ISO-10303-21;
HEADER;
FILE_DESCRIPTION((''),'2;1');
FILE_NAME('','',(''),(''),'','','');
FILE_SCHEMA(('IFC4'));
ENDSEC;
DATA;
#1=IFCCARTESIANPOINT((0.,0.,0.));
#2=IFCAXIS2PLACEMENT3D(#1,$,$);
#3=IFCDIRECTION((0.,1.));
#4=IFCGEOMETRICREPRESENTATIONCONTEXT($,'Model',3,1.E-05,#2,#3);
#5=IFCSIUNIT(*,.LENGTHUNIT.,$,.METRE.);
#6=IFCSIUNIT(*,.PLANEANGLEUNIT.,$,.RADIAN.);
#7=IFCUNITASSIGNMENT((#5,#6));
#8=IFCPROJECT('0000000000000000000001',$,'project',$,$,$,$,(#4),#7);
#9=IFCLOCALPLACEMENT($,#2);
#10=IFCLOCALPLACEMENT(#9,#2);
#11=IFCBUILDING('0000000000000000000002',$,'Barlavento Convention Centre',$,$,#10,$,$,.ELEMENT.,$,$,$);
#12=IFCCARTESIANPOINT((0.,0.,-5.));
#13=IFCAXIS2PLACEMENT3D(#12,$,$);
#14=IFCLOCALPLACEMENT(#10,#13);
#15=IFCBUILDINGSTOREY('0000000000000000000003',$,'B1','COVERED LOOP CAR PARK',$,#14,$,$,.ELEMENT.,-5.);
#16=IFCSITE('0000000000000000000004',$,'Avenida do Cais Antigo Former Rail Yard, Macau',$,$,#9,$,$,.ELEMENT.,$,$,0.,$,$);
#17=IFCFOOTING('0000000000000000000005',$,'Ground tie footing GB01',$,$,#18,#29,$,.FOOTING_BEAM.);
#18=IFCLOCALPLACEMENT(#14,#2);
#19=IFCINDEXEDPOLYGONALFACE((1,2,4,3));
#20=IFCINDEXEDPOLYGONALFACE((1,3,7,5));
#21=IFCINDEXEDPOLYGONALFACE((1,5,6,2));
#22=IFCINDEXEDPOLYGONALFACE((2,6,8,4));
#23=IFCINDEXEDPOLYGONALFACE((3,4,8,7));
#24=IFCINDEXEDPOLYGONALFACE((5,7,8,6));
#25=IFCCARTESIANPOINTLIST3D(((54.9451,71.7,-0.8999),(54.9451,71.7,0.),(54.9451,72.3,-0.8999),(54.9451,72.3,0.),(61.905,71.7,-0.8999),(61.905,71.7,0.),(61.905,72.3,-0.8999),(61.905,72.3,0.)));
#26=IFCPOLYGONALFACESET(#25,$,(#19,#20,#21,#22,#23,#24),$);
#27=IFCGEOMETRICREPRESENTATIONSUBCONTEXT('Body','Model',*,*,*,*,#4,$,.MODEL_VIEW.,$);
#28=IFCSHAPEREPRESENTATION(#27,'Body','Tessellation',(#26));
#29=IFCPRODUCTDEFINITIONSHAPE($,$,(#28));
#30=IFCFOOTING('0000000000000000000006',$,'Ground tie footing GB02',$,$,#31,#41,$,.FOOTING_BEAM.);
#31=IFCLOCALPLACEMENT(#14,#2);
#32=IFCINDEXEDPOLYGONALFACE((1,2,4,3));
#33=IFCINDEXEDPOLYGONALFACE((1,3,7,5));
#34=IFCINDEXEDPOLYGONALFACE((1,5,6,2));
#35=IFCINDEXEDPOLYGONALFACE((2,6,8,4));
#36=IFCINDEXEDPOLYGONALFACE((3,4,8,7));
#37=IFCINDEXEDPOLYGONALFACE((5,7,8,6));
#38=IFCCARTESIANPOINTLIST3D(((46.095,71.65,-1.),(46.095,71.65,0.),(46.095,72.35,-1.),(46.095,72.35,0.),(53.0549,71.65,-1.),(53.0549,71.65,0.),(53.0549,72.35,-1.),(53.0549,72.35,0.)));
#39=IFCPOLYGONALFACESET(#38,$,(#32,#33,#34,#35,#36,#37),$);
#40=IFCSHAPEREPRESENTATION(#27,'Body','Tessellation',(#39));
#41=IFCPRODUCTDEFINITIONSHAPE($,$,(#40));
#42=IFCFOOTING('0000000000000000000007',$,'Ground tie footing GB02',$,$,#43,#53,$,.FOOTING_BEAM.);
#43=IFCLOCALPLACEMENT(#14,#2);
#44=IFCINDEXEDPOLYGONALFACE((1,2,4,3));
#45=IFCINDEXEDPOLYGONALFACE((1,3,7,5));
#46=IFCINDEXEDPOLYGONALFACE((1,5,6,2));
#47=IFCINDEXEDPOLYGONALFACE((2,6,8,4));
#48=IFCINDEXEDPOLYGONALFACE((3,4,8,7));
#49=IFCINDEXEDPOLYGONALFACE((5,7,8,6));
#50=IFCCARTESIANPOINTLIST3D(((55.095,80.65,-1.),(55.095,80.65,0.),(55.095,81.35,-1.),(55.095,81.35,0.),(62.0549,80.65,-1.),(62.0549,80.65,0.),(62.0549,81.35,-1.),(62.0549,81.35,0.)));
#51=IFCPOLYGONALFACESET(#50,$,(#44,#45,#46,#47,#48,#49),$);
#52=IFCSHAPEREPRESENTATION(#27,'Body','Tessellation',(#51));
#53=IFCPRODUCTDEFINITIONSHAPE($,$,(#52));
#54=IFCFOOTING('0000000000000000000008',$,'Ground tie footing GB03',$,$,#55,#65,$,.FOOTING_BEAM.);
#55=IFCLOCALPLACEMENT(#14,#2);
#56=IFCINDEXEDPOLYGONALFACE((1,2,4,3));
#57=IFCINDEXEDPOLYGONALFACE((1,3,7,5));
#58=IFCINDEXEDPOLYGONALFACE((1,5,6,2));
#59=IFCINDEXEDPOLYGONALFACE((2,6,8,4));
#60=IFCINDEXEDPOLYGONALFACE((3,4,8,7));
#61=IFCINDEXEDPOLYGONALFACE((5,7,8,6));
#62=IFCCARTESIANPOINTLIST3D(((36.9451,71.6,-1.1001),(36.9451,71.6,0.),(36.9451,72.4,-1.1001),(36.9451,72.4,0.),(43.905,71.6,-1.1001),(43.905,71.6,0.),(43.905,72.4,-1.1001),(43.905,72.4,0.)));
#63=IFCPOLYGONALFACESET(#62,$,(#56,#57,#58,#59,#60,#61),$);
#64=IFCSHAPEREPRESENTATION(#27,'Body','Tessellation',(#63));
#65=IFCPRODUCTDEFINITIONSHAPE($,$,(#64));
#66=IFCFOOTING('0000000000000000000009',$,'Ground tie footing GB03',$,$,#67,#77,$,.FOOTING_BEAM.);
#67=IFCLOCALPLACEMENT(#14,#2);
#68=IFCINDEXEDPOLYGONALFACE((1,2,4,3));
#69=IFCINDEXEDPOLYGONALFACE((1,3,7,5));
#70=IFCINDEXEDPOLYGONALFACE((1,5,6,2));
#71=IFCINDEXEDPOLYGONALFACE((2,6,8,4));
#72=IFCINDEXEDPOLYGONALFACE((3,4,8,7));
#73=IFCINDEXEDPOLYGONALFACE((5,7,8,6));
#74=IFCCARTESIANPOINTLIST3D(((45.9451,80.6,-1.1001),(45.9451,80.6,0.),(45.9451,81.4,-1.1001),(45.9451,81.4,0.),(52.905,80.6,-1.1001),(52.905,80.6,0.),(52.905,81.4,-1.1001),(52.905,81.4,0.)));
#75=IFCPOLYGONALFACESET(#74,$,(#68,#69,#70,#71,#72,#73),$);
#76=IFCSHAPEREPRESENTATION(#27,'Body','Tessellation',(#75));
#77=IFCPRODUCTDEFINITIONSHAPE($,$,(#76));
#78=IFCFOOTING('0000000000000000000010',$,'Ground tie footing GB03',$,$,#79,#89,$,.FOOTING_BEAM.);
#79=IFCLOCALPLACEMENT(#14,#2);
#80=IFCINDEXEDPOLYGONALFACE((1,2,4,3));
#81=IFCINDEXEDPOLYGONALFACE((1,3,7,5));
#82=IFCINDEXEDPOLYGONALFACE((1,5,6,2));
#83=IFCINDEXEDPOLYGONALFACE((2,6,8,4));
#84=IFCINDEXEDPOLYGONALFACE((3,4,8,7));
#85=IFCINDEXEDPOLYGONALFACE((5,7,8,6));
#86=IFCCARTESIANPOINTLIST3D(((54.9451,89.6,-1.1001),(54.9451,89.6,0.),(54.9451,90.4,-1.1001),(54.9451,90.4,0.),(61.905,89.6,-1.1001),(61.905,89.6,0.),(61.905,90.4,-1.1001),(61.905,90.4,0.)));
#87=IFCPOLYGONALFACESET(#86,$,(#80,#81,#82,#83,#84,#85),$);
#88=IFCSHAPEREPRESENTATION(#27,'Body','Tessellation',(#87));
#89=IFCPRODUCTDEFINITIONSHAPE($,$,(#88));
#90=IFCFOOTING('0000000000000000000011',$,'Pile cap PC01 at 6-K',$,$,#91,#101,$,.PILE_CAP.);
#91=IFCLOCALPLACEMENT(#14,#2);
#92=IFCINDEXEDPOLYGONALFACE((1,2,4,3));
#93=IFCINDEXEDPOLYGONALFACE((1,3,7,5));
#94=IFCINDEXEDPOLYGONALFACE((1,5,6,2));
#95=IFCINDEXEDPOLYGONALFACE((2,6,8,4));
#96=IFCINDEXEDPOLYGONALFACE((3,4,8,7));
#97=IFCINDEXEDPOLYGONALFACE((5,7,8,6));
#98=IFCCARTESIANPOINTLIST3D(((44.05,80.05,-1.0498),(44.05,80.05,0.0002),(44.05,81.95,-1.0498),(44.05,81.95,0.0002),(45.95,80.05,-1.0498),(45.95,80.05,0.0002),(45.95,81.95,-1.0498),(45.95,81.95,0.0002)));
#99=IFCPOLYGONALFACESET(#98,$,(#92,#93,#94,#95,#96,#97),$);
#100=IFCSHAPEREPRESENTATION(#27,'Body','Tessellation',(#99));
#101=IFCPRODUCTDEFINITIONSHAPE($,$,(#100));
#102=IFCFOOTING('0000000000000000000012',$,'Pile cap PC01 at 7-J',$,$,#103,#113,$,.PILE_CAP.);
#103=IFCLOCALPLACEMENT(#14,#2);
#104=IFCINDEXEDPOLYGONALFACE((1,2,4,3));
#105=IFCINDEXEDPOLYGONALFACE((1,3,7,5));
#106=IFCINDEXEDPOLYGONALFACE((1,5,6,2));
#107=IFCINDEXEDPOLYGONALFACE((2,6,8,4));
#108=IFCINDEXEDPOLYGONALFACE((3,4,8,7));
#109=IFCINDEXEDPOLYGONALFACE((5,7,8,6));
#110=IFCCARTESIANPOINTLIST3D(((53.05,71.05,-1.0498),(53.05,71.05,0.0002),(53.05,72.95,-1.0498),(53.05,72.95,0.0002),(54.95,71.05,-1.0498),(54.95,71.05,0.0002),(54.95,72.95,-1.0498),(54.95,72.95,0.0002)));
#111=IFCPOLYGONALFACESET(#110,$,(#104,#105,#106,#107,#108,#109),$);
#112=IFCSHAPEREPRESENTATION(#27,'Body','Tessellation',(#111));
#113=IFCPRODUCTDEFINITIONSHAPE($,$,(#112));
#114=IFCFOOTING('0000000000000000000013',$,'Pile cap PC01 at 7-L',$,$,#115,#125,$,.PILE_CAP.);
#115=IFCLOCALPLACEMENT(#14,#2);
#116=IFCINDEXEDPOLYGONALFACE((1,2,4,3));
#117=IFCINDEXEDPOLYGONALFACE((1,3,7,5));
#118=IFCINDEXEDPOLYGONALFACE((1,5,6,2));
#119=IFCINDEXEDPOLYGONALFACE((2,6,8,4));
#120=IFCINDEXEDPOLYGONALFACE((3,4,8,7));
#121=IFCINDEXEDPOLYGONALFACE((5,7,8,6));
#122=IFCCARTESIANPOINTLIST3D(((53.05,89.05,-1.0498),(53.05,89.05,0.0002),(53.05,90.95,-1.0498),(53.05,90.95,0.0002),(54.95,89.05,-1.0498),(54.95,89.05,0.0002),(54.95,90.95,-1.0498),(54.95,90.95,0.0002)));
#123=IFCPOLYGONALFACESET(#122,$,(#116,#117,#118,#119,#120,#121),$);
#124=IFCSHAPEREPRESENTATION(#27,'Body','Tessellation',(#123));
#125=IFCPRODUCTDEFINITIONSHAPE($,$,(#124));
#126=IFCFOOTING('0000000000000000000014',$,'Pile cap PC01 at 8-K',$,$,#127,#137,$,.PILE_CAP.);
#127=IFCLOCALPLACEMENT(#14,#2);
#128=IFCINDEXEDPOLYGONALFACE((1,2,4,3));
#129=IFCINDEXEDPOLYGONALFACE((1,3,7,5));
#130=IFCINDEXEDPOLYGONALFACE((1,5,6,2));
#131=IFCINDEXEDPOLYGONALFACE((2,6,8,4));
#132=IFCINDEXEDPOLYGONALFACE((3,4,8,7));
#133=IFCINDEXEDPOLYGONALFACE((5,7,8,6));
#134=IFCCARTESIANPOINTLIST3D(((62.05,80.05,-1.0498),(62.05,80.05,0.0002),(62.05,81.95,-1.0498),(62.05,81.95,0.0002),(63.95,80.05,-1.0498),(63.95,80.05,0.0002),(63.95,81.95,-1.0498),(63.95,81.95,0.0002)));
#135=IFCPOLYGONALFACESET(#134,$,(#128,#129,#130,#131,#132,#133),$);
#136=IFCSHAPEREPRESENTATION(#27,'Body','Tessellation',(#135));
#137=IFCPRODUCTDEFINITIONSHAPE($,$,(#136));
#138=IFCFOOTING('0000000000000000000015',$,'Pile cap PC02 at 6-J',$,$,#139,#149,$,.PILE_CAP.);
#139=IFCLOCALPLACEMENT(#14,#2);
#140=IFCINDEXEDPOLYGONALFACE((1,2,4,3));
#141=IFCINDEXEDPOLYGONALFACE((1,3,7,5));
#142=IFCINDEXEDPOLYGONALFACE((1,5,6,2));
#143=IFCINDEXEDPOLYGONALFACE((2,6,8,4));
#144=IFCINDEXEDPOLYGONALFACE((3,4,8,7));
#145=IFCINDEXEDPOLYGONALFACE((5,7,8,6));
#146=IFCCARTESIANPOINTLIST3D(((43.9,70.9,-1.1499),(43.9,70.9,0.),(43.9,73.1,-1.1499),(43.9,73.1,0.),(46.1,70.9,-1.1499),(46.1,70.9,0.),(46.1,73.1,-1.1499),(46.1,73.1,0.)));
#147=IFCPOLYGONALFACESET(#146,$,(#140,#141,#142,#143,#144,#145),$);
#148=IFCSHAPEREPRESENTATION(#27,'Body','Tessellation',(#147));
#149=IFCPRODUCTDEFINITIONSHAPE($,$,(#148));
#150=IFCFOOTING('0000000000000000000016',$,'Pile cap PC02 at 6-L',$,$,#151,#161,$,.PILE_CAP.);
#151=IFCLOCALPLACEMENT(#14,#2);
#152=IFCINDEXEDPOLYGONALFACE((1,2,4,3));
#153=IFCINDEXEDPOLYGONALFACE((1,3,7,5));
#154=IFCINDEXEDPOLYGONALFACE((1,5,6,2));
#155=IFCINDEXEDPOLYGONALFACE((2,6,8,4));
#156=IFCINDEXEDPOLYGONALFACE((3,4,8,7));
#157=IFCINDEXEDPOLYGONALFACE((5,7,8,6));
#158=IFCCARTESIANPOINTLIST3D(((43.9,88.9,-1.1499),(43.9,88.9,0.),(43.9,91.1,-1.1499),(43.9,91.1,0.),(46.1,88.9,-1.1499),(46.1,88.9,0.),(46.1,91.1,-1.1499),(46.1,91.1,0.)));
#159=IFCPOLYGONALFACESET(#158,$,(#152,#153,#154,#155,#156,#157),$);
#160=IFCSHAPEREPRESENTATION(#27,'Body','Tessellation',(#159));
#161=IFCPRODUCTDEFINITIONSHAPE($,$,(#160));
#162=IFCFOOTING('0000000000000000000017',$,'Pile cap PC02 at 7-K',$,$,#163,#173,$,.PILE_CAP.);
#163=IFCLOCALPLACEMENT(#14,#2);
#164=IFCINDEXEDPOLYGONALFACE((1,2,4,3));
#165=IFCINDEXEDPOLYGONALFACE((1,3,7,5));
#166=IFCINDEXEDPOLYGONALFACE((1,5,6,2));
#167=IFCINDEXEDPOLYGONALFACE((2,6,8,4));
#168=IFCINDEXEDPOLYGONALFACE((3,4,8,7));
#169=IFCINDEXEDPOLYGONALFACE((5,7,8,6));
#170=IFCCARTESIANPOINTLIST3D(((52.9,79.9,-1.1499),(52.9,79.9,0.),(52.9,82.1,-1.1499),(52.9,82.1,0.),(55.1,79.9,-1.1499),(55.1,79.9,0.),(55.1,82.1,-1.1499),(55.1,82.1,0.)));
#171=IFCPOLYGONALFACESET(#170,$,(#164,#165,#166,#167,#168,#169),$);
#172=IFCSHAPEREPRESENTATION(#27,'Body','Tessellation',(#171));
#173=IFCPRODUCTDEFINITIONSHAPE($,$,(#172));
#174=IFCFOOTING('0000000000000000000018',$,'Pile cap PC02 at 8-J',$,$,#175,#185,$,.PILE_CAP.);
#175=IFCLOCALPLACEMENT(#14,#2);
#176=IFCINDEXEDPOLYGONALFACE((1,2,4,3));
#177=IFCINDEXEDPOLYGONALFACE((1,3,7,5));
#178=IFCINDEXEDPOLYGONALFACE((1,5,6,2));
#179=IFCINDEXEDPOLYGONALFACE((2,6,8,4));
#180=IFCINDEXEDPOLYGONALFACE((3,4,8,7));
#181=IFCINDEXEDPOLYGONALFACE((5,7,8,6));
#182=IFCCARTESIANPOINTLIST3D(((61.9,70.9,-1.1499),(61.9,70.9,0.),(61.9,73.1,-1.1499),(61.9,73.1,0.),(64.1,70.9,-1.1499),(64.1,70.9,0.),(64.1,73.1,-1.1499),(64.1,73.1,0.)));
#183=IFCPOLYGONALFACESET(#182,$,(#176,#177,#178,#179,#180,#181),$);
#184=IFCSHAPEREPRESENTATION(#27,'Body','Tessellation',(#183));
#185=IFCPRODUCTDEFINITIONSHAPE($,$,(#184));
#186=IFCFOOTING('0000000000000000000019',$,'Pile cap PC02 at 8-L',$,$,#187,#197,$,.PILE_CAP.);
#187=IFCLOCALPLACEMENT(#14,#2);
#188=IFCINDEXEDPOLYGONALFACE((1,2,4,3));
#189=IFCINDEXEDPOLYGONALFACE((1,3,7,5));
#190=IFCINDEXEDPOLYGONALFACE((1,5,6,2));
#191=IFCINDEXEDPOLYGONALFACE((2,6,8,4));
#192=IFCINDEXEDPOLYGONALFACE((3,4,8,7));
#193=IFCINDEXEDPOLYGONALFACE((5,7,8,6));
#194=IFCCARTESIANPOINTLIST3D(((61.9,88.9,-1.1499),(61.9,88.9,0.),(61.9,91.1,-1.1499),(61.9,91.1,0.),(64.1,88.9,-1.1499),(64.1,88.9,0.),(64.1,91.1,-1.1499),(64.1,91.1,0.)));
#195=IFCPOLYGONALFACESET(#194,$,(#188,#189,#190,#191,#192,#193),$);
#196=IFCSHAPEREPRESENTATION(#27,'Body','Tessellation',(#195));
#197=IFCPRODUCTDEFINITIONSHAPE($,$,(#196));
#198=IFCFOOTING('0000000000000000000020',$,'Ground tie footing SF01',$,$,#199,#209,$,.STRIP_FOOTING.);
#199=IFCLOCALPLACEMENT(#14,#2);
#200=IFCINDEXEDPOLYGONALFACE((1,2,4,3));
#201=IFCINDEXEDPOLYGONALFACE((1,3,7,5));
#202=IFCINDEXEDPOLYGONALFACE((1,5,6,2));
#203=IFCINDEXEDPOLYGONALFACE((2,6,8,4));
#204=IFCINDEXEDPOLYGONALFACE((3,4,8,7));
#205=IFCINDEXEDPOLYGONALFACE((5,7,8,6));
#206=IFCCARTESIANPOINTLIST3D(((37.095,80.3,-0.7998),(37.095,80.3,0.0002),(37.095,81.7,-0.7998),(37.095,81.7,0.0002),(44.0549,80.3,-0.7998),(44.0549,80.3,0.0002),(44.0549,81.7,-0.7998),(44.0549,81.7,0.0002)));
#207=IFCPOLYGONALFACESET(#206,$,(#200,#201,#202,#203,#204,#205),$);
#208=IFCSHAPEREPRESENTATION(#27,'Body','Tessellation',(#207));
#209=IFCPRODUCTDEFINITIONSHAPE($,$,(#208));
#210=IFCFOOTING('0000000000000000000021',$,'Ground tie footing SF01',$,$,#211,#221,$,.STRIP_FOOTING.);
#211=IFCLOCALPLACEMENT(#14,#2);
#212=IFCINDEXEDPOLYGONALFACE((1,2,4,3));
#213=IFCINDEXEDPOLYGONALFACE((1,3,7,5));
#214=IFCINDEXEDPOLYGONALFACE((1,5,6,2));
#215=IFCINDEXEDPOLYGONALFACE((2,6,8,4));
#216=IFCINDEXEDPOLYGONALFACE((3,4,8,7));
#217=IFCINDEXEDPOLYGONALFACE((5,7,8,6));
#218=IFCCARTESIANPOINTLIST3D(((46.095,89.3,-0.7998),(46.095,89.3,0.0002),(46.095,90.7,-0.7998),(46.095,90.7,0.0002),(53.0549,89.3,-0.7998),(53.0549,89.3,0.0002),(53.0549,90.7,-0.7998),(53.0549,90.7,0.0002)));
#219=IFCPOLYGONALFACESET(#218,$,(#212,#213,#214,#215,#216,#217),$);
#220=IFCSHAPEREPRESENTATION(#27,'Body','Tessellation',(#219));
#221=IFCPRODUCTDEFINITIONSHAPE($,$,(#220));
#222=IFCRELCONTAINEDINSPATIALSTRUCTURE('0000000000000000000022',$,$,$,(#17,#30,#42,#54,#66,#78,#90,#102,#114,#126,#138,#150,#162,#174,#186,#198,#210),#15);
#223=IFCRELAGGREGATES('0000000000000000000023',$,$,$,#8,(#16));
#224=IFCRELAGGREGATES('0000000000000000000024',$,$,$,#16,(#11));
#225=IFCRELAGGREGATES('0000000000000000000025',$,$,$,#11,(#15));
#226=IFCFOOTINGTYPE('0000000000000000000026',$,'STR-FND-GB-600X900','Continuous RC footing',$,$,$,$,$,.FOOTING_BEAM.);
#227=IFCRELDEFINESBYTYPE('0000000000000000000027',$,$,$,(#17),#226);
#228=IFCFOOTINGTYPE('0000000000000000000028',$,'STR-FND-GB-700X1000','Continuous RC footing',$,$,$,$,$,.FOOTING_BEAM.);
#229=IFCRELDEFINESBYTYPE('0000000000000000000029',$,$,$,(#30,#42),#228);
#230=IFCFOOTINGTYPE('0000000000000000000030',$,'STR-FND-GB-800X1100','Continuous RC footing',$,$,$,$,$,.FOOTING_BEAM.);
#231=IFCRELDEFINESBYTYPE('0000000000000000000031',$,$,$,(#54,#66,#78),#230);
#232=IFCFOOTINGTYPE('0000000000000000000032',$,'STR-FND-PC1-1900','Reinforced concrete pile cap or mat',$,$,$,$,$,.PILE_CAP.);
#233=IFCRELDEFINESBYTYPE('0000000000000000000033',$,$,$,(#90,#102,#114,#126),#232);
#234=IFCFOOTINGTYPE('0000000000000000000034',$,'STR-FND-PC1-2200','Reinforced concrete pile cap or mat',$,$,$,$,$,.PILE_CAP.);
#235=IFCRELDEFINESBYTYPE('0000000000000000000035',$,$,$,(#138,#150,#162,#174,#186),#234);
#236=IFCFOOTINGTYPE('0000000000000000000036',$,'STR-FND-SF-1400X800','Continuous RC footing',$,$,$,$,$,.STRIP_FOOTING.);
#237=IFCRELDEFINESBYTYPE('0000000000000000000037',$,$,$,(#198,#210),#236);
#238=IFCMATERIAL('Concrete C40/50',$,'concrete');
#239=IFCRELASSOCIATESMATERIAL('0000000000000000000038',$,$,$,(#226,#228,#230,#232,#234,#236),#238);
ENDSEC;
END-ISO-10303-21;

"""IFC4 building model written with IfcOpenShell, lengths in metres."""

from ifc_helpers import new_model, si_unit, direction, frame, origin, origin_2d, place, context, subcontext, project, spatial, rectangle, extrude, material, type_object, element, save


model = new_model("IFC4")

# Units and contexts
model_context = context("Model", 3, precision=1e-05, world=origin(), true_north=direction((0.0, 1.0)))
body_context = subcontext(model_context, "Body", "Model", "MODEL_VIEW")
ifc_project = project(units=[si_unit("LENGTHUNIT", "METRE"), si_unit("PLANEANGLEUNIT", "RADIAN")], contexts=[model_context])

# Site, building, storey
site_placement = place(None, origin())
site = spatial("IfcSite", under=ifc_project, at=site_placement, Name="Avenida do Cais Antigo Former Rail Yard, Macau", CompositionType="ELEMENT", RefElevation=0.0)
building_placement = place(site_placement, origin())
building = spatial("IfcBuilding", under=site, at=building_placement, Name="Barlavento Convention Centre", CompositionType="ELEMENT")
storey_placement = place(building_placement, frame((0.0, 0.0, -5.0)))
storey = spatial("IfcBuildingStorey", under=building, at=storey_placement, Name="B1", Description="COVERED LOOP CAR PARK", CompositionType="ELEMENT", Elevation=-5.0)

# Footings
ifc_material_1 = material(Name="Concrete C40/50", Category="concrete")
footing_type_1 = type_object("IfcFootingType", Name="STR-FND-GB-600X900", Description="Continuous RC footing", PredefinedType="FOOTING_BEAM", material=ifc_material_1)
footing_1_placement = place(storey_placement, frame((58.425, 72.0, -0.8999), z_axis=(0.0, 0.0, 1.0), x_axis=(1.0, 0.0, 0.0)))
element("IfcFooting", 1, at=footing_1_placement, inside=storey, type_object=footing_type_1, Name="Ground tie footing GB01", PredefinedType="FOOTING_BEAM", context=body_context, shape_type="SweptSolid", body=[
    extrude(rectangle(XDim=6.96, YDim=0.6001, at=origin_2d()), origin(), (0.0, 0.0, 1.0), 0.8999),
])
footing_type_2 = type_object("IfcFootingType", Name="STR-FND-GB-700X1000", Description="Continuous RC footing", PredefinedType="FOOTING_BEAM", material=ifc_material_1)
for number, where, z_axis, x_axis, name in (
    (2, (49.575, 72.0, -1.0), (0.0, 0.0, 1.0), (1.0, 0.0, 0.0), "Ground tie footing GB02"),
    (3, (58.575, 81.0, -1.0), (0.0, 0.0, 1.0), (1.0, 0.0, 0.0), "Ground tie footing GB02"),
):
    element("IfcFooting", number, at=place(storey_placement, frame(where, z_axis=z_axis, x_axis=x_axis)), inside=storey, type_object=footing_type_2, Name=name, PredefinedType="FOOTING_BEAM", context=body_context, shape_type="SweptSolid", body=[
        extrude(rectangle(XDim=6.96, YDim=0.7, at=origin_2d()), origin(), (0.0, 0.0, 1.0), 1.0),
    ])
footing_type_3 = type_object("IfcFootingType", Name="STR-FND-GB-800X1100", Description="Continuous RC footing", PredefinedType="FOOTING_BEAM", material=ifc_material_1)
for number, where, z_axis, x_axis, name in (
    (4, (40.425, 72.0, -1.1001), (0.0, 0.0, 1.0), (1.0, 0.0, 0.0), "Ground tie footing GB03"),
    (5, (49.425, 81.0, -1.1001), (0.0, 0.0, 1.0), (1.0, 0.0, 0.0), "Ground tie footing GB03"),
    (6, (58.425, 90.0, -1.1001), (0.0, 0.0, 1.0), (1.0, 0.0, 0.0), "Ground tie footing GB03"),
):
    element("IfcFooting", number, at=place(storey_placement, frame(where, z_axis=z_axis, x_axis=x_axis)), inside=storey, type_object=footing_type_3, Name=name, PredefinedType="FOOTING_BEAM", context=body_context, shape_type="SweptSolid", body=[
        extrude(rectangle(XDim=6.96, YDim=0.8, at=origin_2d()), origin(), (0.0, 0.0, 1.0), 1.1001),
    ])
footing_type_4 = type_object("IfcFootingType", Name="STR-FND-PC1-1900", Description="Reinforced concrete pile cap or mat", PredefinedType="PILE_CAP", material=ifc_material_1)
for number, where, z_axis, x_axis, name in (
    (7, (45.0, 81.0, -1.0498), (0.0, 0.0, 1.0), (1.0, 0.0, 0.0), "Pile cap PC01 at 6-K"),
    (8, (54.0, 72.0, -1.0498), (0.0, 0.0, 1.0), (1.0, 0.0, 0.0), "Pile cap PC01 at 7-J"),
    (9, (54.0, 90.0, -1.0498), (0.0, 0.0, 1.0), (1.0, 0.0, 0.0), "Pile cap PC01 at 7-L"),
    (10, (63.0, 81.0, -1.0498), (0.0, 0.0, 1.0), (1.0, 0.0, 0.0), "Pile cap PC01 at 8-K"),
):
    element("IfcFooting", number, at=place(storey_placement, frame(where, z_axis=z_axis, x_axis=x_axis)), inside=storey, type_object=footing_type_4, Name=name, PredefinedType="PILE_CAP", context=body_context, shape_type="SweptSolid", body=[
        extrude(rectangle(XDim=1.8999, YDim=1.8999, at=origin_2d()), origin(), (0.0, 0.0, 1.0), 1.05),
    ])
footing_type_5 = type_object("IfcFootingType", Name="STR-FND-PC1-2200", Description="Reinforced concrete pile cap or mat", PredefinedType="PILE_CAP", material=ifc_material_1)
for number, where, z_axis, x_axis, name in (
    (11, (45.0, 72.0, -1.1499), (0.0, 0.0, 1.0), (1.0, 0.0, 0.0), "Pile cap PC02 at 6-J"),
    (12, (45.0, 90.0, -1.1499), (0.0, 0.0, 1.0), (1.0, 0.0, 0.0), "Pile cap PC02 at 6-L"),
    (13, (54.0, 81.0, -1.1499), (0.0, 0.0, 1.0), (1.0, 0.0, 0.0), "Pile cap PC02 at 7-K"),
    (14, (63.0, 72.0, -1.1499), (0.0, 0.0, 1.0), (1.0, 0.0, 0.0), "Pile cap PC02 at 8-J"),
    (15, (63.0, 90.0, -1.1499), (0.0, 0.0, 1.0), (1.0, 0.0, 0.0), "Pile cap PC02 at 8-L"),
):
    element("IfcFooting", number, at=place(storey_placement, frame(where, z_axis=z_axis, x_axis=x_axis)), inside=storey, type_object=footing_type_5, Name=name, PredefinedType="PILE_CAP", context=body_context, shape_type="SweptSolid", body=[
        extrude(rectangle(XDim=2.2, YDim=2.2, at=origin_2d()), origin(), (0.0, 0.0, 1.0), 1.1499),
    ])
footing_type_6 = type_object("IfcFootingType", Name="STR-FND-SF-1400X800", Description="Continuous RC footing", PredefinedType="STRIP_FOOTING", material=ifc_material_1)
for number, where, z_axis, x_axis, name in (
    (16, (40.575, 81.0, -0.7998), (0.0, 0.0, 1.0), (1.0, 0.0, 0.0), "Ground tie footing SF01"),
    (17, (49.575, 90.0, -0.7998), (0.0, 0.0, 1.0), (1.0, 0.0, 0.0), "Ground tie footing SF01"),
):
    element("IfcFooting", number, at=place(storey_placement, frame(where, z_axis=z_axis, x_axis=x_axis)), inside=storey, type_object=footing_type_6, Name=name, PredefinedType="STRIP_FOOTING", context=body_context, shape_type="SweptSolid", body=[
        extrude(rectangle(XDim=6.96, YDim=1.3999, at=origin_2d()), origin(), (0.0, 0.0, 1.0), 0.8),
    ])

save(model, "model.ifc")
